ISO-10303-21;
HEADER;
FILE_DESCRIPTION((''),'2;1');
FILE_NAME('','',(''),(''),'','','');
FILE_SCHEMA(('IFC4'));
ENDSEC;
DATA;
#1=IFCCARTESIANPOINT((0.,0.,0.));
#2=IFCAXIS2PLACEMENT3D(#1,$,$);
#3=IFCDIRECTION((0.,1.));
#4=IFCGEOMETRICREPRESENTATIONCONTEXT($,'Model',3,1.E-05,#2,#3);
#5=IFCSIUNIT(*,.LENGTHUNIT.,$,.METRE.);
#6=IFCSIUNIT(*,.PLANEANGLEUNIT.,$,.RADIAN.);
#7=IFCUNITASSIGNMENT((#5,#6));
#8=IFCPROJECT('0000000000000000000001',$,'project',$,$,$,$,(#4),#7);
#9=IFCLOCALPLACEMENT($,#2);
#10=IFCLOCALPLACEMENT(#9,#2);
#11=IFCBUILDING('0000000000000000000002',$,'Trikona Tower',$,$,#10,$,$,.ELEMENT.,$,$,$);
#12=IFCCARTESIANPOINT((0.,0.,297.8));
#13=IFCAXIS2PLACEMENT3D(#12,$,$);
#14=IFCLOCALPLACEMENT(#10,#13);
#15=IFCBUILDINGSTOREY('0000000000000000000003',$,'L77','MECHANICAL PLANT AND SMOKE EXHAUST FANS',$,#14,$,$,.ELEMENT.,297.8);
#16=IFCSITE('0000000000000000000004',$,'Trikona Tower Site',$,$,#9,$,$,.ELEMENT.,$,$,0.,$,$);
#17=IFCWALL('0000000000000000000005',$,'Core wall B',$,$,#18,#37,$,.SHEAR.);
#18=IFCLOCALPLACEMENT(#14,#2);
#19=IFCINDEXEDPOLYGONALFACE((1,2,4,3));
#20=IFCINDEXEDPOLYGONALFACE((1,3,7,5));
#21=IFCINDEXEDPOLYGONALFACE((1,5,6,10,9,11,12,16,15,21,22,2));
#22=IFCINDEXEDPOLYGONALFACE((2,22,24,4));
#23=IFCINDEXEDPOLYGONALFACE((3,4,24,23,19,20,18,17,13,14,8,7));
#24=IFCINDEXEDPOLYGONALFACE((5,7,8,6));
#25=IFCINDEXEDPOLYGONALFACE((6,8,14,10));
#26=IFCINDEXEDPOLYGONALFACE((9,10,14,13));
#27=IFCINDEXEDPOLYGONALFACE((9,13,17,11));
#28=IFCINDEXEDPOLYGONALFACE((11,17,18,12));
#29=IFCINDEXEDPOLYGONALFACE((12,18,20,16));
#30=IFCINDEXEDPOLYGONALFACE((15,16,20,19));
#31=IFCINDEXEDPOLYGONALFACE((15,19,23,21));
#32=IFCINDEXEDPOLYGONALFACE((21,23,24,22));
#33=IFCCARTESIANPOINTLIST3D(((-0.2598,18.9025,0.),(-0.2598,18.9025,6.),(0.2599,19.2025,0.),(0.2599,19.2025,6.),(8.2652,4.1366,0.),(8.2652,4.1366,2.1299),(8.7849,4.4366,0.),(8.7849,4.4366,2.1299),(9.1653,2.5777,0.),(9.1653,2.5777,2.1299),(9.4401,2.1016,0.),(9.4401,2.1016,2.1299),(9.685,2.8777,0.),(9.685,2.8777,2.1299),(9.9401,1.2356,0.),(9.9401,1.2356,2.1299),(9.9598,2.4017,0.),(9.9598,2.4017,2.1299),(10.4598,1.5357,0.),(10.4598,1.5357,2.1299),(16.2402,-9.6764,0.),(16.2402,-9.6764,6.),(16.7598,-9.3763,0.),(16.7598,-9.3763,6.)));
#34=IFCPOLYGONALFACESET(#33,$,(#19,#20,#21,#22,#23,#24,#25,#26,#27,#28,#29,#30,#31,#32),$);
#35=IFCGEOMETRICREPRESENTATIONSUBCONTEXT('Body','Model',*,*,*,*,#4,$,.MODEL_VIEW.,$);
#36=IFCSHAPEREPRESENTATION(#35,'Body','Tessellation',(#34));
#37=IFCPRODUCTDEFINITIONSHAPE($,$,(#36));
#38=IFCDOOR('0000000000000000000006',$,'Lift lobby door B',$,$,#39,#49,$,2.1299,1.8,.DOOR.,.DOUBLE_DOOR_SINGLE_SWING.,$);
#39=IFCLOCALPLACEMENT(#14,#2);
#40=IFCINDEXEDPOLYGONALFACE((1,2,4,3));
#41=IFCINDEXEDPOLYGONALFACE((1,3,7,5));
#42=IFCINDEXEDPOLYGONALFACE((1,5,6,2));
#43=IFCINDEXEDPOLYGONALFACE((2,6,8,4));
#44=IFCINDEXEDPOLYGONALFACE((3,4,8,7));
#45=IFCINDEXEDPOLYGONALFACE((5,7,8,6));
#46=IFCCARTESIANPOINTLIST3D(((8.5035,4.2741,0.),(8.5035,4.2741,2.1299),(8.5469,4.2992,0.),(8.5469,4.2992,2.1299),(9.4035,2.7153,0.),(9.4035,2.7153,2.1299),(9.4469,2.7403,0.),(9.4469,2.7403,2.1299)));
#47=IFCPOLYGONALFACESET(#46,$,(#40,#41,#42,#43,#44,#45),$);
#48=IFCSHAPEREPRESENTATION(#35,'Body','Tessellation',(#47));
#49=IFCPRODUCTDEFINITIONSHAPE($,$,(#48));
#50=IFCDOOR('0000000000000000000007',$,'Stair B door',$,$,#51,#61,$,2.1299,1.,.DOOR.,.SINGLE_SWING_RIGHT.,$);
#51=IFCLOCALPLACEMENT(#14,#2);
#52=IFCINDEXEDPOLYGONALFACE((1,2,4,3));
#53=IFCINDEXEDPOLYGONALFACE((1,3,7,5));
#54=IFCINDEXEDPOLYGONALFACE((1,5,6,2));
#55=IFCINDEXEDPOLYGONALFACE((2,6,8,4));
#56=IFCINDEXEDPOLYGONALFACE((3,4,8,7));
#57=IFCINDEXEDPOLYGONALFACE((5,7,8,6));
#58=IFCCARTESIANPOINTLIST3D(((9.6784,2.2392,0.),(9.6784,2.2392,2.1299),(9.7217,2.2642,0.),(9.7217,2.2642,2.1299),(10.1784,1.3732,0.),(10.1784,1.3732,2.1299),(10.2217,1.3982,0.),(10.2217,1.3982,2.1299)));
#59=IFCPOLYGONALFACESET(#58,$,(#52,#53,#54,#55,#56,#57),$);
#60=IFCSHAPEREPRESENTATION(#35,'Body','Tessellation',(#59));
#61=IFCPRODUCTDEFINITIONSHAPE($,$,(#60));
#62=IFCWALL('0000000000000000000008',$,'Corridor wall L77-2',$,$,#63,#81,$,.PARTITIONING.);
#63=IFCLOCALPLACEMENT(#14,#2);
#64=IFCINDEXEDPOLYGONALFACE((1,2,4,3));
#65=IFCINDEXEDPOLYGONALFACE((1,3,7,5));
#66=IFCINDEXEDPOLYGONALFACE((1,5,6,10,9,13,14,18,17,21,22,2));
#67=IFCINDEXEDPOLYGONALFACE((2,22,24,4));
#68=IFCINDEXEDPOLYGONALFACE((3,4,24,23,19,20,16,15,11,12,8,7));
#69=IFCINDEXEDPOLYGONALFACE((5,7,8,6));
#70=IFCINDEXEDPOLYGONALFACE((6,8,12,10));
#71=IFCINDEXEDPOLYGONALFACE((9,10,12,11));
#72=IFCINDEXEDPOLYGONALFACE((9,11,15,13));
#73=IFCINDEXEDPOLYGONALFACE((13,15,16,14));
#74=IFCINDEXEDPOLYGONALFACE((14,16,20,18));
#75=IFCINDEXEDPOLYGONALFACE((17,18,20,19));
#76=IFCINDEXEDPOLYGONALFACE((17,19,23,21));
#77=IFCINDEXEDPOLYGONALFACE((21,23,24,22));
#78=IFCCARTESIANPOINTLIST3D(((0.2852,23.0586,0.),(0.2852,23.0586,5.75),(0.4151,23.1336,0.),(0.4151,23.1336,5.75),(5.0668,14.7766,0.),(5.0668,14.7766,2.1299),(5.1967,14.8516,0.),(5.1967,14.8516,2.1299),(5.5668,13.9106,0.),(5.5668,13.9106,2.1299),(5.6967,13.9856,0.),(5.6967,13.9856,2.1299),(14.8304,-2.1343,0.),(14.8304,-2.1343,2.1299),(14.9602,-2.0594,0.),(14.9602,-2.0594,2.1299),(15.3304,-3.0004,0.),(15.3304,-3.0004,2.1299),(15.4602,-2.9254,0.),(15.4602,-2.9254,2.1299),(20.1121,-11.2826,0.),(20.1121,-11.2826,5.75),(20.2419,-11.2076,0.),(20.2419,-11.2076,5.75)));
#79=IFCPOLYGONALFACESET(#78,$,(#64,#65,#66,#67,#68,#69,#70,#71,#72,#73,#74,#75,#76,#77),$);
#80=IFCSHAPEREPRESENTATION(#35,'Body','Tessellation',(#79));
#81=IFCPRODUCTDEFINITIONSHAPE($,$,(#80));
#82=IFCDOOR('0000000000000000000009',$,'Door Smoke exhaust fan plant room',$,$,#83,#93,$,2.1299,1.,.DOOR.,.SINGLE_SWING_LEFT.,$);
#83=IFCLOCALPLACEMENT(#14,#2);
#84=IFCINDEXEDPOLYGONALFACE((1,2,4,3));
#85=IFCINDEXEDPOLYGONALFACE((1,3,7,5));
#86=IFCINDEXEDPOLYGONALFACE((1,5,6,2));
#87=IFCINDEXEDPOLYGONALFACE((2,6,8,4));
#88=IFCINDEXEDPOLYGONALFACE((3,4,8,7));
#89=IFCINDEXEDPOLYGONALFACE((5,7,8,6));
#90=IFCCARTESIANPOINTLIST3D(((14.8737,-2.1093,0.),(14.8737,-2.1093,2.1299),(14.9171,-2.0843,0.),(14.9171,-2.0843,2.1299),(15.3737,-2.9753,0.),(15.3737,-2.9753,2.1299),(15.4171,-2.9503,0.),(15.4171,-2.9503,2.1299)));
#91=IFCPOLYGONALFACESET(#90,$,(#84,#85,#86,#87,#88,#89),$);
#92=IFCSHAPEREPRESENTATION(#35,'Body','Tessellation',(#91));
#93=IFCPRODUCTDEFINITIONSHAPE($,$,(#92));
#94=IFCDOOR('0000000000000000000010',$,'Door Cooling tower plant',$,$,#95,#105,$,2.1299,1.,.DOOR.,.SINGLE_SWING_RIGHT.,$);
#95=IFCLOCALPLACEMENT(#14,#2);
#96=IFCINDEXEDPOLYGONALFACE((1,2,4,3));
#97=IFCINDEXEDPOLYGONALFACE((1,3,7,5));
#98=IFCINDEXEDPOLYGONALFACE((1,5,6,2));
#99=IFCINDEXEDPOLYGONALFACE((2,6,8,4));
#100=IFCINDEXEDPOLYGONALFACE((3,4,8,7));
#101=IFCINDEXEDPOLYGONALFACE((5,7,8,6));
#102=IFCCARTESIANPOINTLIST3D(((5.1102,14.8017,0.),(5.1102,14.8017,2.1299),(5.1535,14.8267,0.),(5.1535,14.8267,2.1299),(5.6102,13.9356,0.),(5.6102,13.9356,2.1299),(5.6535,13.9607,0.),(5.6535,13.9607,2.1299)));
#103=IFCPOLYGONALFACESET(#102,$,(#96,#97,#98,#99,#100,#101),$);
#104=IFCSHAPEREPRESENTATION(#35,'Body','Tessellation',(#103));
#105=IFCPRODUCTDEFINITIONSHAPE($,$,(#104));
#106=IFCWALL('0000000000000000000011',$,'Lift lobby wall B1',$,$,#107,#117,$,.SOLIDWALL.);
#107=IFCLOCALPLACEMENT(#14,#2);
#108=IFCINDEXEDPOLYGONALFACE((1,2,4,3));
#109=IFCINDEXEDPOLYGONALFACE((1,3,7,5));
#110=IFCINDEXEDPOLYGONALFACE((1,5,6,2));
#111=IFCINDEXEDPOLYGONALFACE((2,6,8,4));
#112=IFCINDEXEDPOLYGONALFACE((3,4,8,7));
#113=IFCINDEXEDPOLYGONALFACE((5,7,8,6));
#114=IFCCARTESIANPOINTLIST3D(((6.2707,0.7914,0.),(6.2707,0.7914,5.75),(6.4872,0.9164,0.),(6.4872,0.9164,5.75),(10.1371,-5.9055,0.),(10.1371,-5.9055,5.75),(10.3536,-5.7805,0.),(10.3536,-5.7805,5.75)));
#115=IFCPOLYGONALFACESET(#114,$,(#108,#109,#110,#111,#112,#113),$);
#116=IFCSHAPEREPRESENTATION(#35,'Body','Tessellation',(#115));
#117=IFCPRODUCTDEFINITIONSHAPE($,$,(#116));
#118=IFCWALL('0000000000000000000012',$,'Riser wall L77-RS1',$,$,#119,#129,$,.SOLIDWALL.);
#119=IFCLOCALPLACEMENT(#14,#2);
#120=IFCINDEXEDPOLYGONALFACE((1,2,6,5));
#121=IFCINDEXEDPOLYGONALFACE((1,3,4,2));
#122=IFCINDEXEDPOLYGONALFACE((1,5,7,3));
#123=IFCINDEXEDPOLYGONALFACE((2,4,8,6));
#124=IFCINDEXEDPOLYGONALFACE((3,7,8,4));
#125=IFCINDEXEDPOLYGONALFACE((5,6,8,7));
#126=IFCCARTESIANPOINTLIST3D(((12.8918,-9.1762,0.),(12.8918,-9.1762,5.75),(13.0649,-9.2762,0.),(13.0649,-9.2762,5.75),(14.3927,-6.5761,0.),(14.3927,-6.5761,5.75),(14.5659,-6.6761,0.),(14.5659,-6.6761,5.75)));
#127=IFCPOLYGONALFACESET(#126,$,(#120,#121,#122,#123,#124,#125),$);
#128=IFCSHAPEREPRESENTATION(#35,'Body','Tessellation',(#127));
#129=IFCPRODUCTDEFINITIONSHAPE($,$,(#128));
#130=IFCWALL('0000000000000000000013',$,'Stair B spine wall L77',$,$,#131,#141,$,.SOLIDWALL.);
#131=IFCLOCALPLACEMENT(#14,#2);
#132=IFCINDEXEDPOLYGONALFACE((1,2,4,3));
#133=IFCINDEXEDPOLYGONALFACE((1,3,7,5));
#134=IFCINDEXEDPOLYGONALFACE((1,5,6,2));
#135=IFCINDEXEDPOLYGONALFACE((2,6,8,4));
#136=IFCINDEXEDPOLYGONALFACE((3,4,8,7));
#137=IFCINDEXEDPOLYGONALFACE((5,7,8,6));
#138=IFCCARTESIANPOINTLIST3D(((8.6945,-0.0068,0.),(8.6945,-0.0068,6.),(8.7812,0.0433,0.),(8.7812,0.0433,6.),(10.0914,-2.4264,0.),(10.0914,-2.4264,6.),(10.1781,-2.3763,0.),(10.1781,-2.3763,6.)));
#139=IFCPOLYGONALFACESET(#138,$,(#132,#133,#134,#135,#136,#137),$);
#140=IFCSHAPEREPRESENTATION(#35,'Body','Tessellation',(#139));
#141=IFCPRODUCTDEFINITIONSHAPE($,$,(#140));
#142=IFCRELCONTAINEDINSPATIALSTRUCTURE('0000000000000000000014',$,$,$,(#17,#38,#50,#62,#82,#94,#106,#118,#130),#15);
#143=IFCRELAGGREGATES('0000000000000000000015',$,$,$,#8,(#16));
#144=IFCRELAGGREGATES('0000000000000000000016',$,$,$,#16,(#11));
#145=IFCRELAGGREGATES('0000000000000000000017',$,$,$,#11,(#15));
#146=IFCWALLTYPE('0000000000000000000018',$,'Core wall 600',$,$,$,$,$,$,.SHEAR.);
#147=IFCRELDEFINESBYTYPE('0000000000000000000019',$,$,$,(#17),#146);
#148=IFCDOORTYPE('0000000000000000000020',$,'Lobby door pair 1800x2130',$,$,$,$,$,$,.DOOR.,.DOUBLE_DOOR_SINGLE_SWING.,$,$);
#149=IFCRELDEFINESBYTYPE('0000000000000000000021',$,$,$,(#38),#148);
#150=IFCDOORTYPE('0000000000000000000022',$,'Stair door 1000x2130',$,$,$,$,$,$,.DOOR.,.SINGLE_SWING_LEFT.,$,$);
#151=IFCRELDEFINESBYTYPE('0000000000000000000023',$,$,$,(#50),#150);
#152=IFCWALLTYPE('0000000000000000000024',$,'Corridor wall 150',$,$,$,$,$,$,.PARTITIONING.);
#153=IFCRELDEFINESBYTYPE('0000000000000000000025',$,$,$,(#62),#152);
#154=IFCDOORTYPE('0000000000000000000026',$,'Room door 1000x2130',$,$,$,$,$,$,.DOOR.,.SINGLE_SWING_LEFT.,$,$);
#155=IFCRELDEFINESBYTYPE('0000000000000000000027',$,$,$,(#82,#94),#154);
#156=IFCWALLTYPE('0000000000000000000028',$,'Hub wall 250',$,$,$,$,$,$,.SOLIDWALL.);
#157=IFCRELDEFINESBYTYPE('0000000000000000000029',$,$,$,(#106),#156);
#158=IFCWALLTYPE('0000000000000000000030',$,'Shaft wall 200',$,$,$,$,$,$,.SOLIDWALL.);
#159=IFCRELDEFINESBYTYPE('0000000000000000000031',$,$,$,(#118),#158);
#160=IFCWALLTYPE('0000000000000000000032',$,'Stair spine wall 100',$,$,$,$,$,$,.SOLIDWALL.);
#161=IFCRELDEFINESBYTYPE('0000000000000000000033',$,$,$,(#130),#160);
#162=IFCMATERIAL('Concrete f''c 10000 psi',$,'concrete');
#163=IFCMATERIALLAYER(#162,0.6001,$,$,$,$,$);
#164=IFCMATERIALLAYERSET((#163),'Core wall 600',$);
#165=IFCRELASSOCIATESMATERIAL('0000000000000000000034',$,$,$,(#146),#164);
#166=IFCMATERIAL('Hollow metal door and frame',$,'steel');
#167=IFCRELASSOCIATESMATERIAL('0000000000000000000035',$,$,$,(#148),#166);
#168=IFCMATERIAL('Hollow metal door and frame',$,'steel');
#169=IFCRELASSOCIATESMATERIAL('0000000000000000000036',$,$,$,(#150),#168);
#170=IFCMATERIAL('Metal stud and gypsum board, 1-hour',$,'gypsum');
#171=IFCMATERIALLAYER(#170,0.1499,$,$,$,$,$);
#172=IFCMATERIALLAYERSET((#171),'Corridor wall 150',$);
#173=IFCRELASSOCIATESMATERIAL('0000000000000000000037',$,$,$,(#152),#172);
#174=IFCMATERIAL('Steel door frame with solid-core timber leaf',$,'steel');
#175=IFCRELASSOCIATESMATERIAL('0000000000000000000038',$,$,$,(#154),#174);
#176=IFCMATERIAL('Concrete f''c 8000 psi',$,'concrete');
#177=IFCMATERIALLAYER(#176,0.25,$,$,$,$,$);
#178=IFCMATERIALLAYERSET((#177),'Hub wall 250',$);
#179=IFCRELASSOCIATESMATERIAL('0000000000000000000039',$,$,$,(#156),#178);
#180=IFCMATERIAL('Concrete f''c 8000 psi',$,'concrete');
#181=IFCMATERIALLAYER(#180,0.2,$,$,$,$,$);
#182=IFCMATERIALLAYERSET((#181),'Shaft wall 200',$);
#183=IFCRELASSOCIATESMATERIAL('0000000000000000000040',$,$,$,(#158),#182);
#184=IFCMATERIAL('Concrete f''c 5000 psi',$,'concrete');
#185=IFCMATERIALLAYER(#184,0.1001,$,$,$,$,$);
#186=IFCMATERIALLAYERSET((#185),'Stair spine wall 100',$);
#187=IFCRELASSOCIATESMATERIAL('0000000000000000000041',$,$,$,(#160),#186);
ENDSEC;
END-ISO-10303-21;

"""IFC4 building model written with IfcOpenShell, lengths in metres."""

from ifc_helpers import new_model, si_unit, direction, frame, frame_2d, origin, place, context, subcontext, project, spatial, rectangle, extrude, material, layer, layer_set, type_object, element, fill, save


model = new_model("IFC4")

# Units and contexts
model_context = context("Model", 3, precision=1e-05, world=origin(), true_north=direction((0.0, 1.0)))
body_context = subcontext(model_context, "Body", "Model", "MODEL_VIEW")
ifc_project = project(units=[si_unit("LENGTHUNIT", "METRE"), si_unit("PLANEANGLEUNIT", "RADIAN")], contexts=[model_context])

# Site, building, storey
site_placement = place(None, origin())
site = spatial("IfcSite", under=ifc_project, at=site_placement, Name="Trikona Tower Site", CompositionType="ELEMENT", RefElevation=0.0)
building_placement = place(site_placement, origin())
building = spatial("IfcBuilding", under=site, at=building_placement, Name="Trikona Tower", CompositionType="ELEMENT")
storey_placement = place(building_placement, frame((0.0, 0.0, 297.8)))
storey = spatial("IfcBuildingStorey", under=building, at=storey_placement, Name="L77", Description="MECHANICAL PLANT AND SMOKE EXHAUST FANS", CompositionType="ELEMENT", Elevation=297.8)

# Walls, openings, doors
ifc_material_1 = material(Name="Concrete f'c 10000 psi", Category="concrete")
ifc_layer_1 = layer(ifc_material_1, 0.6001)
ifc_layer_set_1 = layer_set([ifc_layer_1], Name="Core wall 600")
wall_type_1 = type_object("IfcWallType", Name="Core wall 600", PredefinedType="SHEAR", material=ifc_layer_set_1)
wall_1_placement = place(storey_placement, frame((16.5, -9.5264, 0.0), z_axis=(0.0, 0.0, 1.0), x_axis=(-0.5, 0.866026, 0.0)))
wall_1 = element("IfcWall", 1, at=wall_1_placement, inside=storey, type_object=wall_type_1, Name="Core wall B", PredefinedType="SHEAR", context=body_context, shape_type="SweptSolid", body=[
    extrude(rectangle(XDim=33.0, YDim=0.6001, at=frame_2d((16.5, 0.0))), origin(), (0.0, 0.0, 1.0), 6.0),
])
opening_1_placement = place(wall_1_placement, frame((14.1499, 0.0, 0.0)))
opening_1 = element("IfcOpeningElement", 2, at=opening_1_placement, cuts=wall_1, PredefinedType="OPENING", context=body_context, shape_type="SweptSolid", body=[
    extrude(rectangle(XDim=1.8, YDim=2.1299, at=frame_2d((0.8999, 1.0649))), frame((0.0, 0.3101, 0.0), z_axis=(0.0, -1.0, 0.0), x_axis=(1.0, 0.0, 0.0)), (0.0, 0.0, 1.0), 0.6201),
])
opening_2_placement = place(wall_1_placement, frame((12.6001, 0.0, 0.0)))
opening_2 = element("IfcOpeningElement", 3, at=opening_2_placement, cuts=wall_1, PredefinedType="OPENING", context=body_context, shape_type="SweptSolid", body=[
    extrude(rectangle(XDim=1.0, YDim=2.1299, at=frame_2d((0.5, 1.0649))), frame((0.0, 0.3101, 0.0), z_axis=(0.0, -1.0, 0.0), x_axis=(1.0, 0.0, 0.0)), (0.0, 0.0, 1.0), 0.6201),
])
ifc_material_2 = material(Name="Hollow metal door and frame", Category="steel")
door_type_1 = type_object("IfcDoorType", Name="Lobby door pair 1800x2130", OperationType="DOUBLE_DOOR_SINGLE_SWING", PredefinedType="DOOR", material=ifc_material_2)
door_1_placement = place(opening_1_placement, origin())
door_1 = element("IfcDoor", 4, at=door_1_placement, inside=storey, type_object=door_type_1, Name="Lift lobby door B", OperationType="DOUBLE_DOOR_SINGLE_SWING", OverallHeight=2.1299, OverallWidth=1.8, PredefinedType="DOOR", context=body_context, shape_type="SweptSolid", body=[
    extrude(rectangle(XDim=1.8, YDim=2.1299, at=frame_2d((0.8999, 1.0649))), frame((0.0, 0.0249, 0.0), z_axis=(0.0, -1.0, 0.0), x_axis=(1.0, 0.0, 0.0)), (0.0, 0.0, 1.0), 0.05),
])
fill(opening_1, door_1)
ifc_material_3 = material(Name="Hollow metal door and frame", Category="steel")
door_type_2 = type_object("IfcDoorType", Name="Stair door 1000x2130", OperationType="SINGLE_SWING_LEFT", PredefinedType="DOOR", material=ifc_material_3)
door_2_placement = place(opening_2_placement, origin())
door_2 = element("IfcDoor", 5, at=door_2_placement, inside=storey, type_object=door_type_2, Name="Stair B door", OperationType="SINGLE_SWING_RIGHT", OverallHeight=2.1299, OverallWidth=1.0, PredefinedType="DOOR", context=body_context, shape_type="SweptSolid", body=[
    extrude(rectangle(XDim=1.0, YDim=2.1299, at=frame_2d((0.5, 1.0649))), frame((0.0, 0.0249, 0.0), z_axis=(0.0, -1.0, 0.0), x_axis=(1.0, 0.0, 0.0)), (0.0, 0.0, 1.0), 0.05),
])
fill(opening_2, door_2)
ifc_material_4 = material(Name="Metal stud and gypsum board, 1-hour", Category="gypsum")
ifc_layer_2 = layer(ifc_material_4, 0.1499)
ifc_layer_set_2 = layer_set([ifc_layer_2], Name="Corridor wall 150")
wall_type_2 = type_object("IfcWallType", Name="Corridor wall 150", PredefinedType="PARTITIONING", material=ifc_layer_set_2)
wall_2_placement = place(storey_placement, frame((20.177, -11.2451, 0.0), z_axis=(0.0, 0.0, 1.0), x_axis=(-0.499999, 0.866026, 0.0)))
wall_2 = element("IfcWall", 6, at=wall_2_placement, inside=storey, type_object=wall_type_2, Name="Corridor wall L77-2", PredefinedType="PARTITIONING", context=body_context, shape_type="SweptSolid", body=[
    extrude(rectangle(XDim=39.6538, YDim=0.1499, at=frame_2d((19.8269, 0.0))), origin(), (0.0, 0.0, 1.0), 5.75),
])
opening_3_placement = place(wall_2_placement, frame((9.5635, 0.0, 0.0)))
opening_3 = element("IfcOpeningElement", 7, at=opening_3_placement, cuts=wall_2, PredefinedType="OPENING", context=body_context, shape_type="SweptSolid", body=[
    extrude(rectangle(XDim=1.0, YDim=2.1299, at=frame_2d((0.5, 1.0649))), frame((0.0, 0.085, 0.0), z_axis=(0.0, -1.0, 0.0), x_axis=(1.0, 0.0, 0.0)), (0.0, 0.0, 1.0), 0.1699),
])
opening_4_placement = place(wall_2_placement, frame((29.0906, 0.0, 0.0)))
opening_4 = element("IfcOpeningElement", 8, at=opening_4_placement, cuts=wall_2, PredefinedType="OPENING", context=body_context, shape_type="SweptSolid", body=[
    extrude(rectangle(XDim=1.0, YDim=2.1299, at=frame_2d((0.5, 1.0649))), frame((0.0, 0.085, 0.0), z_axis=(0.0, -1.0, 0.0), x_axis=(1.0, 0.0, 0.0)), (0.0, 0.0, 1.0), 0.1699),
])
ifc_material_5 = material(Name="Steel door frame with solid-core timber leaf", Category="steel")
door_type_3 = type_object("IfcDoorType", Name="Room door 1000x2130", OperationType="SINGLE_SWING_LEFT", PredefinedType="DOOR", material=ifc_material_5)
door_3_placement = place(opening_3_placement, origin())
door_3 = element("IfcDoor", 9, at=door_3_placement, inside=storey, type_object=door_type_3, Name="Door Smoke exhaust fan plant room", OperationType="SINGLE_SWING_LEFT", OverallHeight=2.1299, OverallWidth=1.0, PredefinedType="DOOR", context=body_context, shape_type="SweptSolid", body=[
    extrude(rectangle(XDim=1.0, YDim=2.1299, at=frame_2d((0.5, 1.0649))), frame((0.0, 0.0249, 0.0), z_axis=(0.0, -1.0, 0.0), x_axis=(1.0, 0.0, 0.0)), (0.0, 0.0, 1.0), 0.05),
])
fill(opening_3, door_3)
door_4_placement = place(opening_4_placement, origin())
door_4 = element("IfcDoor", 10, at=door_4_placement, inside=storey, type_object=door_type_3, Name="Door Cooling tower plant", OperationType="SINGLE_SWING_RIGHT", OverallHeight=2.1299, OverallWidth=1.0, PredefinedType="DOOR", context=body_context, shape_type="SweptSolid", body=[
    extrude(rectangle(XDim=1.0, YDim=2.1299, at=frame_2d((0.5, 1.0649))), frame((0.0, 0.0249, 0.0), z_axis=(0.0, -1.0, 0.0), x_axis=(1.0, 0.0, 0.0)), (0.0, 0.0, 1.0), 0.05),
])
fill(opening_4, door_4)

# Walls
ifc_material_6 = material(Name="Concrete f'c 8000 psi", Category="concrete")
ifc_layer_3 = layer(ifc_material_6, 0.25)
ifc_layer_set_3 = layer_set([ifc_layer_3], Name="Hub wall 250")
wall_type_3 = type_object("IfcWallType", Name="Hub wall 250", PredefinedType="SOLIDWALL", material=ifc_layer_set_3)
wall_3_placement = place(storey_placement, frame((10.2454, -5.843, 0.0), z_axis=(0.0, 0.0, 1.0), x_axis=(-0.499993, 0.866029, 0.0)))
element("IfcWall", 11, at=wall_3_placement, inside=storey, type_object=wall_type_3, Name="Lift lobby wall B1", PredefinedType="SOLIDWALL", context=body_context, shape_type="SweptSolid", body=[
    extrude(rectangle(XDim=7.7329, YDim=0.25, at=frame_2d((3.8665, 0.0))), origin(), (0.0, 0.0, 1.0), 5.75),
])
ifc_material_7 = material(Name="Concrete f'c 8000 psi", Category="concrete")
ifc_layer_4 = layer(ifc_material_7, 0.2)
ifc_layer_set_4 = layer_set([ifc_layer_4], Name="Shaft wall 200")
wall_type_4 = type_object("IfcWallType", Name="Shaft wall 200", PredefinedType="SOLIDWALL", material=ifc_layer_set_4)
wall_4_placement = place(storey_placement, frame((14.4792, -6.6262, 0.0), z_axis=(0.0, 0.0, 1.0), x_axis=(-0.499952, -0.866053, 0.0)))
element("IfcWall", 12, at=wall_4_placement, inside=storey, type_object=wall_type_4, Name="Riser wall L77-RS1", PredefinedType="SOLIDWALL", context=body_context, shape_type="SweptSolid", body=[
    extrude(rectangle(XDim=3.0022, YDim=0.2, at=frame_2d((1.501, 0.0))), origin(), (0.0, 0.0, 1.0), 5.75),
])
ifc_material_8 = material(Name="Concrete f'c 5000 psi", Category="concrete")
ifc_layer_5 = layer(ifc_material_8, 0.1001)
ifc_layer_set_5 = layer_set([ifc_layer_5], Name="Stair spine wall 100")
wall_type_5 = type_object("IfcWallType", Name="Stair spine wall 100", PredefinedType="SOLIDWALL", material=ifc_layer_set_5)
wall_5_placement = place(storey_placement, frame((10.1348, -2.4014, 0.0), z_axis=(0.0, 0.0, 1.0), x_axis=(-0.499992, 0.86603, 0.0)))
element("IfcWall", 13, at=wall_5_placement, inside=storey, type_object=wall_type_5, Name="Stair B spine wall L77", PredefinedType="SOLIDWALL", context=body_context, shape_type="SweptSolid", body=[
    extrude(rectangle(XDim=2.7939, YDim=0.1001, at=frame_2d((1.397, 0.0))), origin(), (0.0, 0.0, 1.0), 6.0),
])

save(model, "model.ifc")
